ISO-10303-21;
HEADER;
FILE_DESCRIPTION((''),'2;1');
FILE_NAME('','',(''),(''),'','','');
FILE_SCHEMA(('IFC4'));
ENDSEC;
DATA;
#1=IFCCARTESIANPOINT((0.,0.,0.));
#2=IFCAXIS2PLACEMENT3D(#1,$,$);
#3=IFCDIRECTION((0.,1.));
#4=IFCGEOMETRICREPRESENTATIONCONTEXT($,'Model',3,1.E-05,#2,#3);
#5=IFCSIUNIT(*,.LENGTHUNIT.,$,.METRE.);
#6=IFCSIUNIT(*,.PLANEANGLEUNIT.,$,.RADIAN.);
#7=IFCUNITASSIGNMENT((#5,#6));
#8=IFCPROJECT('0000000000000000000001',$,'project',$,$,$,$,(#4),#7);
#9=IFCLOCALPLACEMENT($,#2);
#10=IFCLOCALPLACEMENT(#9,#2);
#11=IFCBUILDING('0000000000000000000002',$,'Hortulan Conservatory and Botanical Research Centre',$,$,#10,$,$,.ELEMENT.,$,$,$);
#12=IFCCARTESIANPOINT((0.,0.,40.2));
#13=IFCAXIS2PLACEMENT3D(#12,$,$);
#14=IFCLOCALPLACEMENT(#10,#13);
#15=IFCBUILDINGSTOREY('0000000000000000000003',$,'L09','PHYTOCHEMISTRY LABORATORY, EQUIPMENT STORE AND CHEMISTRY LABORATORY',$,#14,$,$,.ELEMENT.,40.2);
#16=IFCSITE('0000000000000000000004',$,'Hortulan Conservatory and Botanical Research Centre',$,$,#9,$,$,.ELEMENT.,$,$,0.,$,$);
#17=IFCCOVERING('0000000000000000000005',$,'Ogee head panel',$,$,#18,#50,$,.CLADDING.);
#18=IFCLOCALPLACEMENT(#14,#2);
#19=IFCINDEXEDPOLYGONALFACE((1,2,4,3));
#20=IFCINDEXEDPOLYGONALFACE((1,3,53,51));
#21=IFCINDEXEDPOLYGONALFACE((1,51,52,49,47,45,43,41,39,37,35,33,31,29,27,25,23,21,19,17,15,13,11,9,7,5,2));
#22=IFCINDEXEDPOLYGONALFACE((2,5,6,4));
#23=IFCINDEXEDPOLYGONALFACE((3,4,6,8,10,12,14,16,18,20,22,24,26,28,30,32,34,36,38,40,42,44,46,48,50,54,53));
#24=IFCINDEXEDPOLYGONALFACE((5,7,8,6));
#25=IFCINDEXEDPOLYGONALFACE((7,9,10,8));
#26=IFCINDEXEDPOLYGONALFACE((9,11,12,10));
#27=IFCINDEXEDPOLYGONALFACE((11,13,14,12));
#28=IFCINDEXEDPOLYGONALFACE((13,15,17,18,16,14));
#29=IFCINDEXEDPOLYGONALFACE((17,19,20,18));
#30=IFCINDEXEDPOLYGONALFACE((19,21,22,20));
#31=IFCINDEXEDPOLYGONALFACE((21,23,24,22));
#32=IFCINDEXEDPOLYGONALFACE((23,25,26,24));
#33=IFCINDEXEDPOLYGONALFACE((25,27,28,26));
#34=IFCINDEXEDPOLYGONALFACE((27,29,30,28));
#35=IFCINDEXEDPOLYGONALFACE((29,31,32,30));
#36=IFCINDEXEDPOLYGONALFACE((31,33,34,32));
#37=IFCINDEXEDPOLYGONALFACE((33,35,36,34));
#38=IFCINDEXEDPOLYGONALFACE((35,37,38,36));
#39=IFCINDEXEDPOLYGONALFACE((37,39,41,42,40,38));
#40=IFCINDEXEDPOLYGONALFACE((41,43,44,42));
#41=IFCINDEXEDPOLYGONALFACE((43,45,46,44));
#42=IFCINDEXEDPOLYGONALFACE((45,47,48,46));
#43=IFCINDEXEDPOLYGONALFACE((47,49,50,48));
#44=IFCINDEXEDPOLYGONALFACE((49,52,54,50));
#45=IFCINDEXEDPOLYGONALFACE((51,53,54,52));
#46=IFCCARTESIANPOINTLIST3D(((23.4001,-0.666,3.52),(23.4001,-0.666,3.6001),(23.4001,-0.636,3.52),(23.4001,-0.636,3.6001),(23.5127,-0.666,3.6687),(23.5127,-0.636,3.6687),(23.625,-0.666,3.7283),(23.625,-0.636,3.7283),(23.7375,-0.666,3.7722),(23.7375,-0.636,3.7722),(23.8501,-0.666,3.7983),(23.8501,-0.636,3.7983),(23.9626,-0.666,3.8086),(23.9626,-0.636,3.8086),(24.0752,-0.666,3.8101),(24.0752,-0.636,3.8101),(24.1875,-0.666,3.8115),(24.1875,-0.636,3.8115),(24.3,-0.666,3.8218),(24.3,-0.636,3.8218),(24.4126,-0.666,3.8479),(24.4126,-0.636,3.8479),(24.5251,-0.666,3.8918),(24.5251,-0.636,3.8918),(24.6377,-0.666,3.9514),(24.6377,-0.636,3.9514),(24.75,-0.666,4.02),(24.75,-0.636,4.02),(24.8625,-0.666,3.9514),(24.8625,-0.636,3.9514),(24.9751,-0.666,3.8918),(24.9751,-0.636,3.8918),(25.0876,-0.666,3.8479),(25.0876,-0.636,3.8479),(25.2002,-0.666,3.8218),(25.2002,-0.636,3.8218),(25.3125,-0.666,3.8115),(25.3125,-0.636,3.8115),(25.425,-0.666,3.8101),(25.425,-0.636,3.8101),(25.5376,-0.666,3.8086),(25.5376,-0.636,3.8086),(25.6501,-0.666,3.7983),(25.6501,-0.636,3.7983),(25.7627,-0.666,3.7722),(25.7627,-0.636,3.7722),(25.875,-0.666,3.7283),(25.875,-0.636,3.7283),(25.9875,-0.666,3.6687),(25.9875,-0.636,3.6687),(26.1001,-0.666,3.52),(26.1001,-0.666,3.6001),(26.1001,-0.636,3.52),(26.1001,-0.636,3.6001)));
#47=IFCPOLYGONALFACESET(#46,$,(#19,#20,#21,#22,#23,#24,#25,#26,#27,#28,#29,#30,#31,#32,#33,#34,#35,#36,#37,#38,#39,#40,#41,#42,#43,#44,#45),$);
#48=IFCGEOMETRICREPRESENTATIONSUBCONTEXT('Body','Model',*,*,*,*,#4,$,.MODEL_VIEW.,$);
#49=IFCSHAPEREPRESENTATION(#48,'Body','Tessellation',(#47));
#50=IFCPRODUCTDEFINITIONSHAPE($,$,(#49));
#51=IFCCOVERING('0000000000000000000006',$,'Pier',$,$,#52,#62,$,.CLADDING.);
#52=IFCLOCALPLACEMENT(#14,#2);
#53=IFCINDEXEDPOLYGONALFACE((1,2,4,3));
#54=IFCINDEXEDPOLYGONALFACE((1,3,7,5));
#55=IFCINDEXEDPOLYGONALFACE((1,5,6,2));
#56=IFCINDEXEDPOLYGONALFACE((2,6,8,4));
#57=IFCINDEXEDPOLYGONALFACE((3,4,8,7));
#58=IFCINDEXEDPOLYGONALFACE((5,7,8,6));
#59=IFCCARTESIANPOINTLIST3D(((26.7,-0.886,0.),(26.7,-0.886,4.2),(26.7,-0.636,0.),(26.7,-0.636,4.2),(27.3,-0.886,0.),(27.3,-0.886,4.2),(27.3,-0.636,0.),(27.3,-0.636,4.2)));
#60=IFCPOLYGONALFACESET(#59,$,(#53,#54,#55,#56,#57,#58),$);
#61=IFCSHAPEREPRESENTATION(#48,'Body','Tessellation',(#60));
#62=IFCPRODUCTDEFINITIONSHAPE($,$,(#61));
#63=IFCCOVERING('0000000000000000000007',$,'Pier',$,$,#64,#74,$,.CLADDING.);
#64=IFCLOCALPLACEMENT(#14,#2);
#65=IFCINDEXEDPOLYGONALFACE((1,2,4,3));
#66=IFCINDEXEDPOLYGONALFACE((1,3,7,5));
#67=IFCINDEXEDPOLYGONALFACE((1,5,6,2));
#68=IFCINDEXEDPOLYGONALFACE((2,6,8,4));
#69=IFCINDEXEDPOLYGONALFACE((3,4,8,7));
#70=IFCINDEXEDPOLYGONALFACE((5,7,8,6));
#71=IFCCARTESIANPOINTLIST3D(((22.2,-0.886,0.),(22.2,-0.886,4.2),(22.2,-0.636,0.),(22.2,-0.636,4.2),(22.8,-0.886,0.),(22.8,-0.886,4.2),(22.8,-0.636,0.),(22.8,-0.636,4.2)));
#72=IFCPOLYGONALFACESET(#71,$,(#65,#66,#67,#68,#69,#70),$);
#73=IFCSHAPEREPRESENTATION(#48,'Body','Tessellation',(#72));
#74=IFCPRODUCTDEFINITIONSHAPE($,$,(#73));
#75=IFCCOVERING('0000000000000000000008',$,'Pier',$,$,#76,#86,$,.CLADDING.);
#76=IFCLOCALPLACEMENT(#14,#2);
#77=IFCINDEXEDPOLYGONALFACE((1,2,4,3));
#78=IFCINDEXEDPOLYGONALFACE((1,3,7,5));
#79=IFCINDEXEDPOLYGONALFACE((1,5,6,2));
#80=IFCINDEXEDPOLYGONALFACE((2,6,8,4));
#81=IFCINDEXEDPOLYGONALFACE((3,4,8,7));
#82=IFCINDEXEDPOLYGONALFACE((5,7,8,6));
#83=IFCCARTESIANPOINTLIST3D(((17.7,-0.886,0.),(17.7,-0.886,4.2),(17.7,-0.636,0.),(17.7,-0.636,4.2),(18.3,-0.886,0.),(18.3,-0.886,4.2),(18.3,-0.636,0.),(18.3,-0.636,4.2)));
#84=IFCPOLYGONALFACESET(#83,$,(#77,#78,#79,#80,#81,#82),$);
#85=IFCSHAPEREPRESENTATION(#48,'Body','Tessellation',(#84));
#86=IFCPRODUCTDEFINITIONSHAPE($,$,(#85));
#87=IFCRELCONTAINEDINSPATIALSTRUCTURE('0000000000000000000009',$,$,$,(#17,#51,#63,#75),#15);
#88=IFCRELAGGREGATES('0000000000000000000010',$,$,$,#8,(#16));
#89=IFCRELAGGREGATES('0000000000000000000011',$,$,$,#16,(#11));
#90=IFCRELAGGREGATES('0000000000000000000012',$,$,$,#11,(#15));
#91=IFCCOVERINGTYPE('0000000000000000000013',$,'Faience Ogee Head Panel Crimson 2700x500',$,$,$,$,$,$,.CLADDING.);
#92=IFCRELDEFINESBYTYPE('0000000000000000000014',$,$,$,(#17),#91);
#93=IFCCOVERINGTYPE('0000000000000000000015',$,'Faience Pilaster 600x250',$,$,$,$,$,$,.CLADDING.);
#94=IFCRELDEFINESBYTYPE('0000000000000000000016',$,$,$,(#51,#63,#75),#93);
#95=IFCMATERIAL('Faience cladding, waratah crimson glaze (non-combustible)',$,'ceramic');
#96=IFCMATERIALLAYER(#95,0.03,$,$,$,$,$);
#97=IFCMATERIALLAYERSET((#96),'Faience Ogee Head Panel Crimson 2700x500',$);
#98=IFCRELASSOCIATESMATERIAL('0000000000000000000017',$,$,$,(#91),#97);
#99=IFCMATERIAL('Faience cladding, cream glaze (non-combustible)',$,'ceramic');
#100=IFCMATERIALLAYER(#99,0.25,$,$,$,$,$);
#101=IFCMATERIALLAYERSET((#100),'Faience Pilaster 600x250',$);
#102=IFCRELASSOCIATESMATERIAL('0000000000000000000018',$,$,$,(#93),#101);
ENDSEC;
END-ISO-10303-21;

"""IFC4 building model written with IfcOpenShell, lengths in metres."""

from ifc_helpers import new_model, si_unit, direction, frame, origin, origin_2d, place, context, subcontext, project, spatial, polyline, rectangle, outline, extrude, material, layer, layer_set, type_object, element, save


model = new_model("IFC4")

# Units and contexts
model_context = context("Model", 3, precision=1e-05, world=origin(), true_north=direction((0.0, 1.0)))
body_context = subcontext(model_context, "Body", "Model", "MODEL_VIEW")
ifc_project = project(units=[si_unit("LENGTHUNIT", "METRE"), si_unit("PLANEANGLEUNIT", "RADIAN")], contexts=[model_context])

# Site, building, storey
site_placement = place(None, origin())
site = spatial("IfcSite", under=ifc_project, at=site_placement, Name="Hortulan Conservatory and Botanical Research Centre", CompositionType="ELEMENT", RefElevation=0.0)
building_placement = place(site_placement, origin())
building = spatial("IfcBuilding", under=site, at=building_placement, Name="Hortulan Conservatory and Botanical Research Centre", CompositionType="ELEMENT")
storey_placement = place(building_placement, frame((0.0, 0.0, 40.2)))
storey = spatial("IfcBuildingStorey", under=building, at=storey_placement, Name="L09", Description="PHYTOCHEMISTRY LABORATORY, EQUIPMENT STORE AND CHEMISTRY LABORATORY", CompositionType="ELEMENT", Elevation=40.2)

# Coverings
ifc_material_1 = material(Name="Faience cladding, cream glaze (non-combustible)", Category="ceramic")
ifc_material_2 = material(Name="Faience cladding, waratah crimson glaze (non-combustible)", Category="ceramic")
ifc_layer_1 = layer(ifc_material_2, 0.03)
ifc_layer_set_1 = layer_set([ifc_layer_1], Name="Faience Ogee Head Panel Crimson 2700x500")
covering_type_1 = type_object("IfcCoveringType", Name="Faience Ogee Head Panel Crimson 2700x500", PredefinedType="CLADDING", material=ifc_layer_set_1)
covering_placement = place(storey_placement, frame((26.1001, -0.6509, 3.52), z_axis=(0.0, 0.0, 1.0), x_axis=(-1.0, 0.0, 0.0)))
element("IfcCovering", 1, at=covering_placement, inside=storey, type_object=covering_type_1, Name="Ogee head panel", PredefinedType="CLADDING", context=body_context, shape_type="SweptSolid", body=[
    extrude(outline(polyline([(0.0, 0.0), (2.7, 0.0), (2.7, 0.0801), (2.5874, 0.1487), (2.4751, 0.2083), (2.3625, 0.2522), (2.25, 0.2783), (2.1375, 0.2886), (2.0249, 0.29), (1.9126, 0.2915), (1.8, 0.3018), (1.6875, 0.3279), (1.575, 0.3718), (1.4624, 0.4314), (1.3501, 0.5), (1.2375, 0.4314), (1.125, 0.3718), (1.0125, 0.3279), (0.8999, 0.3018), (0.7876, 0.2915), (0.675, 0.29), (0.5625, 0.2886), (0.45, 0.2783), (0.3374, 0.2522), (0.2251, 0.2083), (0.1125, 0.1487), (0.0, 0.0801), (0.0, 0.0)])), frame((0.0, 0.0151, 0.0), z_axis=(0.0, -1.0, 0.0), x_axis=(1.0, 0.0, 0.0)), (0.0, 0.0, 1.0), 0.03),
])
ifc_layer_2 = layer(ifc_material_1, 0.25)
ifc_layer_set_2 = layer_set([ifc_layer_2], Name="Faience Pilaster 600x250")
covering_type_2 = type_object("IfcCoveringType", Name="Faience Pilaster 600x250", PredefinedType="CLADDING", material=ifc_layer_set_2)
for number, where, z_axis, x_axis, name in (
    (2, (27.0, -0.761, 0.0), (0.0, 0.0, 1.0), (-1.0, 0.0, 0.0), "Pier"),
    (3, (22.5, -0.761, 0.0), (0.0, 0.0, 1.0), (-1.0, 0.0, 0.0), "Pier"),
    (4, (18.0, -0.761, 0.0), (0.0, 0.0, 1.0), (-1.0, 0.0, 0.0), "Pier"),
):
    element("IfcCovering", number, at=place(storey_placement, frame(where, z_axis=z_axis, x_axis=x_axis)), inside=storey, type_object=covering_type_2, Name=name, PredefinedType="CLADDING", context=body_context, shape_type="SweptSolid", body=[
        extrude(rectangle(XDim=0.6001, YDim=0.25, at=origin_2d()), origin(), (0.0, 0.0, 1.0), 4.2),
    ])

save(model, "model.ifc")
